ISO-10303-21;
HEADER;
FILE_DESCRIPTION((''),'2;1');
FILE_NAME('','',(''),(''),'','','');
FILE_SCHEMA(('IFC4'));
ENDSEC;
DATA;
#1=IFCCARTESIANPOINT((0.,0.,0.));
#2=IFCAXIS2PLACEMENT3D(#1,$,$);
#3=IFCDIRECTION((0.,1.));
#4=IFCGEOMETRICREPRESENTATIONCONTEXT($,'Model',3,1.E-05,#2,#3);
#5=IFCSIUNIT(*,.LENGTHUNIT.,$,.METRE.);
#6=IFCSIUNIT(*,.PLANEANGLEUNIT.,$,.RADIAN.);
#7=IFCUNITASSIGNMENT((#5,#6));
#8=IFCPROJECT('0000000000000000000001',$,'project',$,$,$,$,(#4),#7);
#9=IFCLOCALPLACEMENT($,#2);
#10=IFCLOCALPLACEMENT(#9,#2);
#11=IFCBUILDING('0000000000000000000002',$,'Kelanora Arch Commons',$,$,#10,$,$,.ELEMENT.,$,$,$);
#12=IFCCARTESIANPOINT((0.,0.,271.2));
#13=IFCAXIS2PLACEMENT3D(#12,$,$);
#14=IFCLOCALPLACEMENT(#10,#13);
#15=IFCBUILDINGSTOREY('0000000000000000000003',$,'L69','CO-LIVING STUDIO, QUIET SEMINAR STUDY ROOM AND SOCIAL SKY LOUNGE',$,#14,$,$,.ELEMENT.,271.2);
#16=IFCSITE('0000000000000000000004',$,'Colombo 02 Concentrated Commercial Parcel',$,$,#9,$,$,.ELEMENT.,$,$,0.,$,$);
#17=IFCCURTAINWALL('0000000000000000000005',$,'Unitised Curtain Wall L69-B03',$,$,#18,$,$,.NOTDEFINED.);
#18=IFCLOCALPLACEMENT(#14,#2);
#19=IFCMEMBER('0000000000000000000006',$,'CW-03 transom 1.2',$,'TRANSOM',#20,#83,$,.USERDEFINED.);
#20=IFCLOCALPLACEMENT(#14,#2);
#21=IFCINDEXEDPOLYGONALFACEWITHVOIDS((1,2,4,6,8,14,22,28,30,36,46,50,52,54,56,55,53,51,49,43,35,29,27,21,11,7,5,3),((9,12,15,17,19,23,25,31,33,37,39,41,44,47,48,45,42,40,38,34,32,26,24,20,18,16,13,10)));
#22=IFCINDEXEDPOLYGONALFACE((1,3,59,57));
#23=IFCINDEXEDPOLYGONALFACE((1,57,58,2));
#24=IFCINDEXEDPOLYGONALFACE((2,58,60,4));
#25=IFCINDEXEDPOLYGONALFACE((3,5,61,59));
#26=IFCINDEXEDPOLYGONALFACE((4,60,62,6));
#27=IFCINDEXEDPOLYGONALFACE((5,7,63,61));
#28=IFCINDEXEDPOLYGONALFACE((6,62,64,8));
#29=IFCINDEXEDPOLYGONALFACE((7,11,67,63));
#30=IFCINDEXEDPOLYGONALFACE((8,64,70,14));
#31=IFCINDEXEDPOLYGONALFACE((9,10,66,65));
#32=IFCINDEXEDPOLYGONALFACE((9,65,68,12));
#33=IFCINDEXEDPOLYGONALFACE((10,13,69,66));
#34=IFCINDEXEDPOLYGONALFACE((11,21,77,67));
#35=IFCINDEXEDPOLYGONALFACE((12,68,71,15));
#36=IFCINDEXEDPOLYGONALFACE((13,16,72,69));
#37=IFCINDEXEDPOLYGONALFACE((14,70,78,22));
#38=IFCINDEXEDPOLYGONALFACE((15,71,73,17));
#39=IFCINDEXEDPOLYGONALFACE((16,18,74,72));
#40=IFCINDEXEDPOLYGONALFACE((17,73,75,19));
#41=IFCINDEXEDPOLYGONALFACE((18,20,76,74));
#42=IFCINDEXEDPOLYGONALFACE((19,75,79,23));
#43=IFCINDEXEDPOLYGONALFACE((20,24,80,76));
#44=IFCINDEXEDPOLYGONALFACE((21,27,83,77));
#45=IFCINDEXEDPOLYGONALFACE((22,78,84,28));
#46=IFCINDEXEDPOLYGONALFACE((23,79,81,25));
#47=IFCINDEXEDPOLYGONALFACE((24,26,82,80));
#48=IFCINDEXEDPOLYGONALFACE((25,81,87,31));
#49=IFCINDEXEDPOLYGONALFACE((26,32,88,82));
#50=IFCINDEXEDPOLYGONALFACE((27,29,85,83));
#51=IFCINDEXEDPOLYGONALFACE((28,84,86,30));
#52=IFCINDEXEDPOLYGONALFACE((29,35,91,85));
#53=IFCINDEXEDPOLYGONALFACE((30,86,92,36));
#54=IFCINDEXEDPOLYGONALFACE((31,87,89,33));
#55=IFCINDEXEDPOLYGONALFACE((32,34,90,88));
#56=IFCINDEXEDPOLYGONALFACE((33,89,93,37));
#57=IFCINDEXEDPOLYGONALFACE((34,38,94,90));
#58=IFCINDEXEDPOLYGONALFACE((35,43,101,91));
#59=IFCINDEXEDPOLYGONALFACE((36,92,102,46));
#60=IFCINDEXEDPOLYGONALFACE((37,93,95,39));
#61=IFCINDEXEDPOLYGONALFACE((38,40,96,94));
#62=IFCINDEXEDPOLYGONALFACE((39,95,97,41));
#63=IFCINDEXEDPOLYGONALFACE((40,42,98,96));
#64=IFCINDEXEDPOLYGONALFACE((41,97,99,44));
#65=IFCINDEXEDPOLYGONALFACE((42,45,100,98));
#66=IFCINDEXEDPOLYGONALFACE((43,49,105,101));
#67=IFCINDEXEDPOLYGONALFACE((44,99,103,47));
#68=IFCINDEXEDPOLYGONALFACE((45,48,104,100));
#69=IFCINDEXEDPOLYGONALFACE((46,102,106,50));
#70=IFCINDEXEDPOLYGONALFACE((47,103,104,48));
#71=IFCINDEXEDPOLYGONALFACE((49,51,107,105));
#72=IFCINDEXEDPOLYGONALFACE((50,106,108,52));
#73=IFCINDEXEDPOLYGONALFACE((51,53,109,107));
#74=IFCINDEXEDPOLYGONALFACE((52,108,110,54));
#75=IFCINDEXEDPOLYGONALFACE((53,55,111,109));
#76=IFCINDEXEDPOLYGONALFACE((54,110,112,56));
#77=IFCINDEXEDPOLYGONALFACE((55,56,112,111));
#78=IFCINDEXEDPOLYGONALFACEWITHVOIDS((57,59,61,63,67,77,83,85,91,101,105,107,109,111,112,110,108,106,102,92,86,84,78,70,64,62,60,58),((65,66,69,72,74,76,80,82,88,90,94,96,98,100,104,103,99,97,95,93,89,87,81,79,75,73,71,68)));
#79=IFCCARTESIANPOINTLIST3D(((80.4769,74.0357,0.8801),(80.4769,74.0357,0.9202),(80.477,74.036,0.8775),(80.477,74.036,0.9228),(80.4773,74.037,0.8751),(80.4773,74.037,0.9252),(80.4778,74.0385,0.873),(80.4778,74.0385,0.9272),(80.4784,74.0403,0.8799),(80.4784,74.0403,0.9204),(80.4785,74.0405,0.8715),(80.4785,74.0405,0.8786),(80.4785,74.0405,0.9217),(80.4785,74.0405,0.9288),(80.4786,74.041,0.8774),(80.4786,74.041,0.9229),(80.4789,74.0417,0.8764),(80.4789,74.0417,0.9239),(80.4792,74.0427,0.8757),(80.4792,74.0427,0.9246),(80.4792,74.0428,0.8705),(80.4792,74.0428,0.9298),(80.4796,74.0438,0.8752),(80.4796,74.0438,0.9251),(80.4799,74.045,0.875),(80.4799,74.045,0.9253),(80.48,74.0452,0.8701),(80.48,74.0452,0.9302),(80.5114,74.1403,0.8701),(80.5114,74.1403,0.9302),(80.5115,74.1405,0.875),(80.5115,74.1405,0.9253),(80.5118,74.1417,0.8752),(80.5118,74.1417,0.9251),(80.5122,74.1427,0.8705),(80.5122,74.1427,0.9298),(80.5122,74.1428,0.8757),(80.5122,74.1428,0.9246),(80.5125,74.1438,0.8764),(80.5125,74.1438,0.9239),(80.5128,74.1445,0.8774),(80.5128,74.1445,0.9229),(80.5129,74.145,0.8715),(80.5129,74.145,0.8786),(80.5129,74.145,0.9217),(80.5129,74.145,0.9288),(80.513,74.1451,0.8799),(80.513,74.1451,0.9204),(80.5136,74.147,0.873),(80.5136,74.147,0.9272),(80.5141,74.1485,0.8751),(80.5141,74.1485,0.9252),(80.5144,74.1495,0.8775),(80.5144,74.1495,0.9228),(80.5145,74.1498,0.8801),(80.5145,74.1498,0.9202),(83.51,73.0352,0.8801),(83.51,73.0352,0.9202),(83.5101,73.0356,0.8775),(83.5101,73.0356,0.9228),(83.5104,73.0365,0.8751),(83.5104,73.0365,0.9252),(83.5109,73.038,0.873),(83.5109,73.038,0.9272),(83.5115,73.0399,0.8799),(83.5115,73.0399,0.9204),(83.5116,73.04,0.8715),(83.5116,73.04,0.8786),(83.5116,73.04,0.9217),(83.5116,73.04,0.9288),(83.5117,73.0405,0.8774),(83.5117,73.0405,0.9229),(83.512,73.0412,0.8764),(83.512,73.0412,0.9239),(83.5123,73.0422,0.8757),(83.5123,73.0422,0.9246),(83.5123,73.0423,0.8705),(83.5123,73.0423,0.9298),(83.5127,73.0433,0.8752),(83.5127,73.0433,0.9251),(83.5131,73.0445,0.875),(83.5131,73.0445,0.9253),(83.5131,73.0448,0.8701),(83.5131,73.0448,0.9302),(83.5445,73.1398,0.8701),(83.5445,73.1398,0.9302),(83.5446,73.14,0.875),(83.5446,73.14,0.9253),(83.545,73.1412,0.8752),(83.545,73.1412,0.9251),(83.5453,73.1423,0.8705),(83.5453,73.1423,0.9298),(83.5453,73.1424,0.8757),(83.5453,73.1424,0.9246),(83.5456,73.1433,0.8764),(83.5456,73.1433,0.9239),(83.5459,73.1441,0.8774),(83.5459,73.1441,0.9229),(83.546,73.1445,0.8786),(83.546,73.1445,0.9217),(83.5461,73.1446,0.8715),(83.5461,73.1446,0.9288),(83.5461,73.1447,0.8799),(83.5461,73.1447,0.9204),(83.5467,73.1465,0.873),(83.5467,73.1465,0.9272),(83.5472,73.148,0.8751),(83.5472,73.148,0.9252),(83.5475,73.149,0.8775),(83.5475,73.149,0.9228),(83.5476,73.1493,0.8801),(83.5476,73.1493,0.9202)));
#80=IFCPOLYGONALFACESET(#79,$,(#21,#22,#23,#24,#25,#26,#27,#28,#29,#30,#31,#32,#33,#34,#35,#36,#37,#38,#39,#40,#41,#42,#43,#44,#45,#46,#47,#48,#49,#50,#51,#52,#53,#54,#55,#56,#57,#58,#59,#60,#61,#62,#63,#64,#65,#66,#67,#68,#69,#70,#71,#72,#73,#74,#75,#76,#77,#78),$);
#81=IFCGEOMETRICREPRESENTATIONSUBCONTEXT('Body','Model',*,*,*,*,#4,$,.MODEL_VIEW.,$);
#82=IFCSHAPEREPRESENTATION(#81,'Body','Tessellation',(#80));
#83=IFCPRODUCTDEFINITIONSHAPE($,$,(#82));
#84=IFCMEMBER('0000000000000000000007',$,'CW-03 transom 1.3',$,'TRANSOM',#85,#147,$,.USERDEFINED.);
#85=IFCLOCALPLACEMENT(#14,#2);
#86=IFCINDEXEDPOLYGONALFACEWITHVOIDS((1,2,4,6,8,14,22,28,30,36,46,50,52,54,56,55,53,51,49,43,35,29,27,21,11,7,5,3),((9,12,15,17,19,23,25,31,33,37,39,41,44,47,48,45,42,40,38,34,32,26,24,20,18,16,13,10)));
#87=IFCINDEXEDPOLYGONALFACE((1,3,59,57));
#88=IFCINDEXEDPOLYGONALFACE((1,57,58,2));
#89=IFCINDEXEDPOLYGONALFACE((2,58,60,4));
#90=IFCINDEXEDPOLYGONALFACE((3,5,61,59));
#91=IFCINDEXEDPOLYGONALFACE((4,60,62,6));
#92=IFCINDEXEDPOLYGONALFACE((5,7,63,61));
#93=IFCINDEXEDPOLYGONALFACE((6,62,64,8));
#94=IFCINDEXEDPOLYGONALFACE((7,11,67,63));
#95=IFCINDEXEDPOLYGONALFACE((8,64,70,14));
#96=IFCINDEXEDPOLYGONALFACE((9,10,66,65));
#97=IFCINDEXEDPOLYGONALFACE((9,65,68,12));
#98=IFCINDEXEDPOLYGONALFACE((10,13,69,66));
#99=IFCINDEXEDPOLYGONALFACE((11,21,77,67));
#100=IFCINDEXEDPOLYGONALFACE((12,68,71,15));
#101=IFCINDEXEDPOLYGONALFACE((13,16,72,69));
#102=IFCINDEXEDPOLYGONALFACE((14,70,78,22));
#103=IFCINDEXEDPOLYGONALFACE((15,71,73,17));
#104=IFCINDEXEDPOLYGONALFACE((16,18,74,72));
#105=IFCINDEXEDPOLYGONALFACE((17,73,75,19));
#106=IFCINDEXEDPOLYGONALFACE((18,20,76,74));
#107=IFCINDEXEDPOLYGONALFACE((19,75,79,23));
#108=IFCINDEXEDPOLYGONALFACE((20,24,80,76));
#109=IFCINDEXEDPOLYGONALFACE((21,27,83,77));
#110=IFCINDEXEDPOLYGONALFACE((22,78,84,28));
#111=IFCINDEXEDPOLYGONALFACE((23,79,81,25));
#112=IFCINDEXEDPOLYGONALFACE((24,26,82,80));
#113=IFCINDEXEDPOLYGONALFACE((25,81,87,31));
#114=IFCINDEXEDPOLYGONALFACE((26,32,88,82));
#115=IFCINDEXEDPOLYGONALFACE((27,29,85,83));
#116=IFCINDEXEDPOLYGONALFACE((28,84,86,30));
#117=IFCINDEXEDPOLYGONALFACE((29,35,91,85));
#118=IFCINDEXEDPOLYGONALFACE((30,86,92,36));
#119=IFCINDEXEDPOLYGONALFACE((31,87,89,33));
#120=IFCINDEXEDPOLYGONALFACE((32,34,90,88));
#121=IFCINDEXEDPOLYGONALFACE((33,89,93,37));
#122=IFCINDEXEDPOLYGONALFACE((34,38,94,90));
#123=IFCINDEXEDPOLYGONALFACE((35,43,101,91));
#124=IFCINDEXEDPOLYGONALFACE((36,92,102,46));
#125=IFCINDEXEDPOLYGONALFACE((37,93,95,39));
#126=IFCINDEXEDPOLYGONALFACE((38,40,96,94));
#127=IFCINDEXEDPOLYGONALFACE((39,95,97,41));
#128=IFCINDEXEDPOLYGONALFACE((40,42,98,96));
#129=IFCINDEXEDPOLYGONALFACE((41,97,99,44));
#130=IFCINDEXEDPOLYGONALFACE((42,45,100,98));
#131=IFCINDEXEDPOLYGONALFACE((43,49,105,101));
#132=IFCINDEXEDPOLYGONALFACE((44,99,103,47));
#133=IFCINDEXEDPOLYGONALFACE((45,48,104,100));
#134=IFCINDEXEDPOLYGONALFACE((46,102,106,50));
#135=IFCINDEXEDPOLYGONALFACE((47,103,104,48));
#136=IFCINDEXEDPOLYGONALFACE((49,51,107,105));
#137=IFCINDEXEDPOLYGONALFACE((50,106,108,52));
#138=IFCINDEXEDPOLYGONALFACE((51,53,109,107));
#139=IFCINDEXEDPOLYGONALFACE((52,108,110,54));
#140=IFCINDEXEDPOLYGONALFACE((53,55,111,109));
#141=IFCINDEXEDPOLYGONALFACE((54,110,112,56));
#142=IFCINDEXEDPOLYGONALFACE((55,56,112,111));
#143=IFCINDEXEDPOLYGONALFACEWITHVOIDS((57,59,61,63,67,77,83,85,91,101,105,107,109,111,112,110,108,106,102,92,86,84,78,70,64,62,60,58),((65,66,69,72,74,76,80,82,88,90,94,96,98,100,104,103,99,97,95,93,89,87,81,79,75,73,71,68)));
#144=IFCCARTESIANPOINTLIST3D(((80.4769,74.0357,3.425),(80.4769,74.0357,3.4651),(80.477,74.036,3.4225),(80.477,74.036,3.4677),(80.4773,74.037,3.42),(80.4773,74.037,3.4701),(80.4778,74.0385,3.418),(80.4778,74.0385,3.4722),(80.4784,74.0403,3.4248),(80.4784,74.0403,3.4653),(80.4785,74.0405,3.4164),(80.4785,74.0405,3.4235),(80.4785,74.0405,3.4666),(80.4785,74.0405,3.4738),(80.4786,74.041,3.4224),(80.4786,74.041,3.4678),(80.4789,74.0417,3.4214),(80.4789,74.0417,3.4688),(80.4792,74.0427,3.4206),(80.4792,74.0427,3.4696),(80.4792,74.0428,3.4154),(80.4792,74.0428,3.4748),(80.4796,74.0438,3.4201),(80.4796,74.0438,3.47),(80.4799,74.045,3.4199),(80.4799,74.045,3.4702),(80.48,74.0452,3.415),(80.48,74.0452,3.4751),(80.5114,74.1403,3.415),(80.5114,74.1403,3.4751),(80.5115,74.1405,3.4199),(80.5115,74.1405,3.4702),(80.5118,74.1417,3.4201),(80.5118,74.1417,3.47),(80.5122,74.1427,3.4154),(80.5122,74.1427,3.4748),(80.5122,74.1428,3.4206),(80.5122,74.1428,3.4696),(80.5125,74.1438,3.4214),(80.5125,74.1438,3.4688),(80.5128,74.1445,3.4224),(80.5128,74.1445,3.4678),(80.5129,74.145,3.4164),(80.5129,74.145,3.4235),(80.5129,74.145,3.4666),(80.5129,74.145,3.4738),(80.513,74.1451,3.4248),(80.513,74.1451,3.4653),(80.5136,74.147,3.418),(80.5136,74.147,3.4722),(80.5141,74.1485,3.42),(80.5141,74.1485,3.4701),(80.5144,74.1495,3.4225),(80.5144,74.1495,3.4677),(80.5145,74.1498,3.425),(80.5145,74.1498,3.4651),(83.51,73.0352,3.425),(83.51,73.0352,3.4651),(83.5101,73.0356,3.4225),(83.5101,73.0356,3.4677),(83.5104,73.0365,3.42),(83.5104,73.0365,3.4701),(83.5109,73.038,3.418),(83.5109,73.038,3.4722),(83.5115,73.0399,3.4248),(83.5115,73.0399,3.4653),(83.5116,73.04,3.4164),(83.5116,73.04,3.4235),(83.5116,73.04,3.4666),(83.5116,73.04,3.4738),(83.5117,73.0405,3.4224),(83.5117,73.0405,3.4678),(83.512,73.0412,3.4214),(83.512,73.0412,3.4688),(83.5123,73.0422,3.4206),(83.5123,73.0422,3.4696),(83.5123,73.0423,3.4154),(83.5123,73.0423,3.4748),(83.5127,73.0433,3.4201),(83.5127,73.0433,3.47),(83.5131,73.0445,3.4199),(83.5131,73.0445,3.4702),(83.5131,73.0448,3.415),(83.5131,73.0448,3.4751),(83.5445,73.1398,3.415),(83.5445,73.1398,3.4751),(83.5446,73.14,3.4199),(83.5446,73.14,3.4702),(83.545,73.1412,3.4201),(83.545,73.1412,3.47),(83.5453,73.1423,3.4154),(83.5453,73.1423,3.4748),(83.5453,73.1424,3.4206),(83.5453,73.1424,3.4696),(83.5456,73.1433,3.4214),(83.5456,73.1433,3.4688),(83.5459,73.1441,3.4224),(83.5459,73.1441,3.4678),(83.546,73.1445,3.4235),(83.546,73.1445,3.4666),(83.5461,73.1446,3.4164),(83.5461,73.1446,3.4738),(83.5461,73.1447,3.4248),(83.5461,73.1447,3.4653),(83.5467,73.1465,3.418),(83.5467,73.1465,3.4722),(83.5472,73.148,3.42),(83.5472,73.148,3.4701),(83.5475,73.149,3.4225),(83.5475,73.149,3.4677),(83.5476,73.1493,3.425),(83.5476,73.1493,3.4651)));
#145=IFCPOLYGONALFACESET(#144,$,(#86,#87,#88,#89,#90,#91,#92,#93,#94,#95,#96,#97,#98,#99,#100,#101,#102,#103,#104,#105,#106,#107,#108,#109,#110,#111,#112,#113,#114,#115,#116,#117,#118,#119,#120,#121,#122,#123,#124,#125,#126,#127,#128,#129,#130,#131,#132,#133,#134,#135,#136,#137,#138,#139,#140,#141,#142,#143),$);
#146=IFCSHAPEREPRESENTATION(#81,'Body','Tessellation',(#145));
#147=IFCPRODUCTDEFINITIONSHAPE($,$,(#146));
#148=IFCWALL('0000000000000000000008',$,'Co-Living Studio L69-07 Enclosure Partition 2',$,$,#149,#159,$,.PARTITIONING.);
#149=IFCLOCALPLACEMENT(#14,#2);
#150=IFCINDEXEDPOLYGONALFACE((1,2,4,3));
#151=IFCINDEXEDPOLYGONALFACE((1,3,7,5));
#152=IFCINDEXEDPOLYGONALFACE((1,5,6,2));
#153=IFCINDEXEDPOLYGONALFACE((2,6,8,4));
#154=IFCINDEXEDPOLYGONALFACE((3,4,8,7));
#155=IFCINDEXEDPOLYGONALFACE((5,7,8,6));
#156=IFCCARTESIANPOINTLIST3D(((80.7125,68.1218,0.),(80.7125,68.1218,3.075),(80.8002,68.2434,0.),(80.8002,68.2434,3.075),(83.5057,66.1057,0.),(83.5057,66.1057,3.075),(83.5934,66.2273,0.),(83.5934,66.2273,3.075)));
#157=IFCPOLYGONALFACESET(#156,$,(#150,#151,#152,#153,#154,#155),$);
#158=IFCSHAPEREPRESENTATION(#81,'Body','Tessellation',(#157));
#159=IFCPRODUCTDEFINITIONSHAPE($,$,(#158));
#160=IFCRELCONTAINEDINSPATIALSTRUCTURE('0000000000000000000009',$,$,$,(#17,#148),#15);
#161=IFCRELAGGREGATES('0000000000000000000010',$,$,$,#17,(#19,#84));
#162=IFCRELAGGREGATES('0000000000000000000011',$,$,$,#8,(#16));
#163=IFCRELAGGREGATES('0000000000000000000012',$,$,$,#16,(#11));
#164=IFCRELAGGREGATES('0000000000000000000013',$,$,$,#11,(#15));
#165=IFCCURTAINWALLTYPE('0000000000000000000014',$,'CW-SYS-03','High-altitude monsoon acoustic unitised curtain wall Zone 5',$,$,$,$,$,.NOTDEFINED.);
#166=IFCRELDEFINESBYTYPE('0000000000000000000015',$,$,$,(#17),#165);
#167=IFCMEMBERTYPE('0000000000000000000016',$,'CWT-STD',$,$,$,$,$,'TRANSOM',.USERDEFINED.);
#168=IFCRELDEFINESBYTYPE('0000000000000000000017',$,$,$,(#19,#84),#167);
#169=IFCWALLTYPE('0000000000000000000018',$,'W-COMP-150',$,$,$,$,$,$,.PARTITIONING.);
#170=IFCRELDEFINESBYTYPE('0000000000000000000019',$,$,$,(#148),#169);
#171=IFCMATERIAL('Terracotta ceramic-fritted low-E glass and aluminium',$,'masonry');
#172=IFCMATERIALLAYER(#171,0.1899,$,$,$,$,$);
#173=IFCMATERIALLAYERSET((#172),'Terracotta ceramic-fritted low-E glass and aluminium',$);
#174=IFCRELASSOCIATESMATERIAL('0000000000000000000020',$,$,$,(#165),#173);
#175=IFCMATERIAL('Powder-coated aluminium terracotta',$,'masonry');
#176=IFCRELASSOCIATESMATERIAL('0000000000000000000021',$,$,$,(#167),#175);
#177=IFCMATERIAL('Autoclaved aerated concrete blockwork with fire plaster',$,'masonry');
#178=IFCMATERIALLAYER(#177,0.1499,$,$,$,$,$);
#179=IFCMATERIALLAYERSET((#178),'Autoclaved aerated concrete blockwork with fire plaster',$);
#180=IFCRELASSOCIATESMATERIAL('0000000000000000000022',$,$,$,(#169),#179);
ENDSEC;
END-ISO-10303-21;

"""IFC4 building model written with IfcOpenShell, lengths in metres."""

from ifc_helpers import new_model, si_unit, direction, frame, frame_2d, origin, origin_2d, place, context, subcontext, project, spatial, rectangle, hollow_rectangle, extrude, material, layer, layer_set, material_profile, profile_set, type_object, element, aggregate, save


model = new_model("IFC4")

# Units and contexts
model_context = context("Model", 3, precision=1e-05, world=origin(), true_north=direction((0.0, 1.0)))
body_context = subcontext(model_context, "Body", "Model", "MODEL_VIEW")
ifc_project = project(units=[si_unit("LENGTHUNIT", "METRE"), si_unit("PLANEANGLEUNIT", "RADIAN")], contexts=[model_context])

# Site, building, storey
site_placement = place(None, origin())
site = spatial("IfcSite", under=ifc_project, at=site_placement, Name="Colombo 02 Concentrated Commercial Parcel", CompositionType="ELEMENT", RefElevation=0.0)
building_placement = place(site_placement, origin())
building = spatial("IfcBuilding", under=site, at=building_placement, Name="Kelanora Arch Commons", CompositionType="ELEMENT")
storey_placement = place(building_placement, frame((0.0, 0.0, 271.2)))
storey = spatial("IfcBuildingStorey", under=building, at=storey_placement, Name="L69", Description="CO-LIVING STUDIO, QUIET SEMINAR STUDY ROOM AND SOCIAL SKY LOUNGE", CompositionType="ELEMENT", Elevation=271.2)

# Shared definitions
ifc_material_1 = material(Name="Terracotta ceramic-fritted low-E glass and aluminium", Category="masonry")
ifc_layer_1 = layer(ifc_material_1, 0.1899)
ifc_layer_set_1 = layer_set([ifc_layer_1], Name="Terracotta ceramic-fritted low-E glass and aluminium")
curtain_wall_type = type_object("IfcCurtainWallType", Name="CW-SYS-03", Description="High-altitude monsoon acoustic unitised curtain wall Zone 5", PredefinedType="NOTDEFINED", material=ifc_layer_set_1)
ifc_material_2 = material(Name="Powder-coated aluminium terracotta", Category="masonry")

# Curtain wall, members
curtain_wall_1_placement = place(storey_placement, origin())
curtain_wall_1 = element("IfcCurtainWall", 1, at=curtain_wall_1_placement, inside=storey, type_object=curtain_wall_type, Name="Unitised Curtain Wall L69-B03", PredefinedType="NOTDEFINED")
ifc_material_profile_1 = material_profile(ifc_material_2, hollow_rectangle(XDim=0.1201, YDim=0.0601, WallThickness=0.0049, InnerFilletRadius=0.0049, OuterFilletRadius=0.01, at=origin_2d()), Name="CWT120x60")
ifc_profile_set_1 = profile_set([ifc_material_profile_1], Name="Powder-coated aluminium terracotta")
member_type_1 = type_object("IfcMemberType", Name="CWT-STD", ElementType="TRANSOM", PredefinedType="USERDEFINED", material=ifc_profile_set_1)
member_1_placement = place(storey_placement, frame((83.5288, 73.0923, 0.9001), z_axis=(-0.949672, 0.313245, 0.0), x_axis=(-0.313245, -0.949672, 0.0)))
member_1 = element("IfcMember", 2, at=member_1_placement, type_object=member_type_1, Name="CW-03 transom 1.2", ObjectType="TRANSOM", PredefinedType="USERDEFINED", context=body_context, shape_type="SweptSolid", body=[
    extrude(hollow_rectangle(XDim=0.1201, YDim=0.0601, WallThickness=0.0049, InnerFilletRadius=0.0049, OuterFilletRadius=0.01, at=origin_2d()), origin(), (0.0, 0.0, 1.0), 3.1938),
])
member_2_placement = place(storey_placement, frame((83.5288, 73.0923, 3.4451), z_axis=(-0.949672, 0.313245, 0.0), x_axis=(-0.313245, -0.949672, 0.0)))
member_2 = element("IfcMember", 3, at=member_2_placement, type_object=member_type_1, Name="CW-03 transom 1.3", ObjectType="TRANSOM", PredefinedType="USERDEFINED", context=body_context, shape_type="SweptSolid", body=[
    extrude(hollow_rectangle(XDim=0.1201, YDim=0.0601, WallThickness=0.0049, InnerFilletRadius=0.0049, OuterFilletRadius=0.01, at=origin_2d()), origin(), (0.0, 0.0, 1.0), 3.1938),
])
aggregate(curtain_wall_1, [member_1, member_2])

# Wall
ifc_material_3 = material(Name="Autoclaved aerated concrete blockwork with fire plaster", Category="masonry")
ifc_layer_2 = layer(ifc_material_3, 0.1499)
ifc_layer_set_2 = layer_set([ifc_layer_2], Name="Autoclaved aerated concrete blockwork with fire plaster")
wall_type_1 = type_object("IfcWallType", Name="W-COMP-150", PredefinedType="PARTITIONING", material=ifc_layer_set_2)
wall_1_placement = place(storey_placement, frame((83.5496, 66.1665, 0.0), z_axis=(0.0, 0.0, 1.0), x_axis=(-0.810846, 0.58526, 0.0)))
element("IfcWall", 4, at=wall_1_placement, inside=storey, type_object=wall_type_1, Name="Co-Living Studio L69-07 Enclosure Partition 2", PredefinedType="PARTITIONING", context=body_context, shape_type="SweptSolid", body=[
    extrude(rectangle(XDim=3.4448, YDim=0.1499, at=frame_2d((1.7224, 0.0))), origin(), (0.0, 0.0, 1.0), 3.075),
])

save(model, "model.ifc")
